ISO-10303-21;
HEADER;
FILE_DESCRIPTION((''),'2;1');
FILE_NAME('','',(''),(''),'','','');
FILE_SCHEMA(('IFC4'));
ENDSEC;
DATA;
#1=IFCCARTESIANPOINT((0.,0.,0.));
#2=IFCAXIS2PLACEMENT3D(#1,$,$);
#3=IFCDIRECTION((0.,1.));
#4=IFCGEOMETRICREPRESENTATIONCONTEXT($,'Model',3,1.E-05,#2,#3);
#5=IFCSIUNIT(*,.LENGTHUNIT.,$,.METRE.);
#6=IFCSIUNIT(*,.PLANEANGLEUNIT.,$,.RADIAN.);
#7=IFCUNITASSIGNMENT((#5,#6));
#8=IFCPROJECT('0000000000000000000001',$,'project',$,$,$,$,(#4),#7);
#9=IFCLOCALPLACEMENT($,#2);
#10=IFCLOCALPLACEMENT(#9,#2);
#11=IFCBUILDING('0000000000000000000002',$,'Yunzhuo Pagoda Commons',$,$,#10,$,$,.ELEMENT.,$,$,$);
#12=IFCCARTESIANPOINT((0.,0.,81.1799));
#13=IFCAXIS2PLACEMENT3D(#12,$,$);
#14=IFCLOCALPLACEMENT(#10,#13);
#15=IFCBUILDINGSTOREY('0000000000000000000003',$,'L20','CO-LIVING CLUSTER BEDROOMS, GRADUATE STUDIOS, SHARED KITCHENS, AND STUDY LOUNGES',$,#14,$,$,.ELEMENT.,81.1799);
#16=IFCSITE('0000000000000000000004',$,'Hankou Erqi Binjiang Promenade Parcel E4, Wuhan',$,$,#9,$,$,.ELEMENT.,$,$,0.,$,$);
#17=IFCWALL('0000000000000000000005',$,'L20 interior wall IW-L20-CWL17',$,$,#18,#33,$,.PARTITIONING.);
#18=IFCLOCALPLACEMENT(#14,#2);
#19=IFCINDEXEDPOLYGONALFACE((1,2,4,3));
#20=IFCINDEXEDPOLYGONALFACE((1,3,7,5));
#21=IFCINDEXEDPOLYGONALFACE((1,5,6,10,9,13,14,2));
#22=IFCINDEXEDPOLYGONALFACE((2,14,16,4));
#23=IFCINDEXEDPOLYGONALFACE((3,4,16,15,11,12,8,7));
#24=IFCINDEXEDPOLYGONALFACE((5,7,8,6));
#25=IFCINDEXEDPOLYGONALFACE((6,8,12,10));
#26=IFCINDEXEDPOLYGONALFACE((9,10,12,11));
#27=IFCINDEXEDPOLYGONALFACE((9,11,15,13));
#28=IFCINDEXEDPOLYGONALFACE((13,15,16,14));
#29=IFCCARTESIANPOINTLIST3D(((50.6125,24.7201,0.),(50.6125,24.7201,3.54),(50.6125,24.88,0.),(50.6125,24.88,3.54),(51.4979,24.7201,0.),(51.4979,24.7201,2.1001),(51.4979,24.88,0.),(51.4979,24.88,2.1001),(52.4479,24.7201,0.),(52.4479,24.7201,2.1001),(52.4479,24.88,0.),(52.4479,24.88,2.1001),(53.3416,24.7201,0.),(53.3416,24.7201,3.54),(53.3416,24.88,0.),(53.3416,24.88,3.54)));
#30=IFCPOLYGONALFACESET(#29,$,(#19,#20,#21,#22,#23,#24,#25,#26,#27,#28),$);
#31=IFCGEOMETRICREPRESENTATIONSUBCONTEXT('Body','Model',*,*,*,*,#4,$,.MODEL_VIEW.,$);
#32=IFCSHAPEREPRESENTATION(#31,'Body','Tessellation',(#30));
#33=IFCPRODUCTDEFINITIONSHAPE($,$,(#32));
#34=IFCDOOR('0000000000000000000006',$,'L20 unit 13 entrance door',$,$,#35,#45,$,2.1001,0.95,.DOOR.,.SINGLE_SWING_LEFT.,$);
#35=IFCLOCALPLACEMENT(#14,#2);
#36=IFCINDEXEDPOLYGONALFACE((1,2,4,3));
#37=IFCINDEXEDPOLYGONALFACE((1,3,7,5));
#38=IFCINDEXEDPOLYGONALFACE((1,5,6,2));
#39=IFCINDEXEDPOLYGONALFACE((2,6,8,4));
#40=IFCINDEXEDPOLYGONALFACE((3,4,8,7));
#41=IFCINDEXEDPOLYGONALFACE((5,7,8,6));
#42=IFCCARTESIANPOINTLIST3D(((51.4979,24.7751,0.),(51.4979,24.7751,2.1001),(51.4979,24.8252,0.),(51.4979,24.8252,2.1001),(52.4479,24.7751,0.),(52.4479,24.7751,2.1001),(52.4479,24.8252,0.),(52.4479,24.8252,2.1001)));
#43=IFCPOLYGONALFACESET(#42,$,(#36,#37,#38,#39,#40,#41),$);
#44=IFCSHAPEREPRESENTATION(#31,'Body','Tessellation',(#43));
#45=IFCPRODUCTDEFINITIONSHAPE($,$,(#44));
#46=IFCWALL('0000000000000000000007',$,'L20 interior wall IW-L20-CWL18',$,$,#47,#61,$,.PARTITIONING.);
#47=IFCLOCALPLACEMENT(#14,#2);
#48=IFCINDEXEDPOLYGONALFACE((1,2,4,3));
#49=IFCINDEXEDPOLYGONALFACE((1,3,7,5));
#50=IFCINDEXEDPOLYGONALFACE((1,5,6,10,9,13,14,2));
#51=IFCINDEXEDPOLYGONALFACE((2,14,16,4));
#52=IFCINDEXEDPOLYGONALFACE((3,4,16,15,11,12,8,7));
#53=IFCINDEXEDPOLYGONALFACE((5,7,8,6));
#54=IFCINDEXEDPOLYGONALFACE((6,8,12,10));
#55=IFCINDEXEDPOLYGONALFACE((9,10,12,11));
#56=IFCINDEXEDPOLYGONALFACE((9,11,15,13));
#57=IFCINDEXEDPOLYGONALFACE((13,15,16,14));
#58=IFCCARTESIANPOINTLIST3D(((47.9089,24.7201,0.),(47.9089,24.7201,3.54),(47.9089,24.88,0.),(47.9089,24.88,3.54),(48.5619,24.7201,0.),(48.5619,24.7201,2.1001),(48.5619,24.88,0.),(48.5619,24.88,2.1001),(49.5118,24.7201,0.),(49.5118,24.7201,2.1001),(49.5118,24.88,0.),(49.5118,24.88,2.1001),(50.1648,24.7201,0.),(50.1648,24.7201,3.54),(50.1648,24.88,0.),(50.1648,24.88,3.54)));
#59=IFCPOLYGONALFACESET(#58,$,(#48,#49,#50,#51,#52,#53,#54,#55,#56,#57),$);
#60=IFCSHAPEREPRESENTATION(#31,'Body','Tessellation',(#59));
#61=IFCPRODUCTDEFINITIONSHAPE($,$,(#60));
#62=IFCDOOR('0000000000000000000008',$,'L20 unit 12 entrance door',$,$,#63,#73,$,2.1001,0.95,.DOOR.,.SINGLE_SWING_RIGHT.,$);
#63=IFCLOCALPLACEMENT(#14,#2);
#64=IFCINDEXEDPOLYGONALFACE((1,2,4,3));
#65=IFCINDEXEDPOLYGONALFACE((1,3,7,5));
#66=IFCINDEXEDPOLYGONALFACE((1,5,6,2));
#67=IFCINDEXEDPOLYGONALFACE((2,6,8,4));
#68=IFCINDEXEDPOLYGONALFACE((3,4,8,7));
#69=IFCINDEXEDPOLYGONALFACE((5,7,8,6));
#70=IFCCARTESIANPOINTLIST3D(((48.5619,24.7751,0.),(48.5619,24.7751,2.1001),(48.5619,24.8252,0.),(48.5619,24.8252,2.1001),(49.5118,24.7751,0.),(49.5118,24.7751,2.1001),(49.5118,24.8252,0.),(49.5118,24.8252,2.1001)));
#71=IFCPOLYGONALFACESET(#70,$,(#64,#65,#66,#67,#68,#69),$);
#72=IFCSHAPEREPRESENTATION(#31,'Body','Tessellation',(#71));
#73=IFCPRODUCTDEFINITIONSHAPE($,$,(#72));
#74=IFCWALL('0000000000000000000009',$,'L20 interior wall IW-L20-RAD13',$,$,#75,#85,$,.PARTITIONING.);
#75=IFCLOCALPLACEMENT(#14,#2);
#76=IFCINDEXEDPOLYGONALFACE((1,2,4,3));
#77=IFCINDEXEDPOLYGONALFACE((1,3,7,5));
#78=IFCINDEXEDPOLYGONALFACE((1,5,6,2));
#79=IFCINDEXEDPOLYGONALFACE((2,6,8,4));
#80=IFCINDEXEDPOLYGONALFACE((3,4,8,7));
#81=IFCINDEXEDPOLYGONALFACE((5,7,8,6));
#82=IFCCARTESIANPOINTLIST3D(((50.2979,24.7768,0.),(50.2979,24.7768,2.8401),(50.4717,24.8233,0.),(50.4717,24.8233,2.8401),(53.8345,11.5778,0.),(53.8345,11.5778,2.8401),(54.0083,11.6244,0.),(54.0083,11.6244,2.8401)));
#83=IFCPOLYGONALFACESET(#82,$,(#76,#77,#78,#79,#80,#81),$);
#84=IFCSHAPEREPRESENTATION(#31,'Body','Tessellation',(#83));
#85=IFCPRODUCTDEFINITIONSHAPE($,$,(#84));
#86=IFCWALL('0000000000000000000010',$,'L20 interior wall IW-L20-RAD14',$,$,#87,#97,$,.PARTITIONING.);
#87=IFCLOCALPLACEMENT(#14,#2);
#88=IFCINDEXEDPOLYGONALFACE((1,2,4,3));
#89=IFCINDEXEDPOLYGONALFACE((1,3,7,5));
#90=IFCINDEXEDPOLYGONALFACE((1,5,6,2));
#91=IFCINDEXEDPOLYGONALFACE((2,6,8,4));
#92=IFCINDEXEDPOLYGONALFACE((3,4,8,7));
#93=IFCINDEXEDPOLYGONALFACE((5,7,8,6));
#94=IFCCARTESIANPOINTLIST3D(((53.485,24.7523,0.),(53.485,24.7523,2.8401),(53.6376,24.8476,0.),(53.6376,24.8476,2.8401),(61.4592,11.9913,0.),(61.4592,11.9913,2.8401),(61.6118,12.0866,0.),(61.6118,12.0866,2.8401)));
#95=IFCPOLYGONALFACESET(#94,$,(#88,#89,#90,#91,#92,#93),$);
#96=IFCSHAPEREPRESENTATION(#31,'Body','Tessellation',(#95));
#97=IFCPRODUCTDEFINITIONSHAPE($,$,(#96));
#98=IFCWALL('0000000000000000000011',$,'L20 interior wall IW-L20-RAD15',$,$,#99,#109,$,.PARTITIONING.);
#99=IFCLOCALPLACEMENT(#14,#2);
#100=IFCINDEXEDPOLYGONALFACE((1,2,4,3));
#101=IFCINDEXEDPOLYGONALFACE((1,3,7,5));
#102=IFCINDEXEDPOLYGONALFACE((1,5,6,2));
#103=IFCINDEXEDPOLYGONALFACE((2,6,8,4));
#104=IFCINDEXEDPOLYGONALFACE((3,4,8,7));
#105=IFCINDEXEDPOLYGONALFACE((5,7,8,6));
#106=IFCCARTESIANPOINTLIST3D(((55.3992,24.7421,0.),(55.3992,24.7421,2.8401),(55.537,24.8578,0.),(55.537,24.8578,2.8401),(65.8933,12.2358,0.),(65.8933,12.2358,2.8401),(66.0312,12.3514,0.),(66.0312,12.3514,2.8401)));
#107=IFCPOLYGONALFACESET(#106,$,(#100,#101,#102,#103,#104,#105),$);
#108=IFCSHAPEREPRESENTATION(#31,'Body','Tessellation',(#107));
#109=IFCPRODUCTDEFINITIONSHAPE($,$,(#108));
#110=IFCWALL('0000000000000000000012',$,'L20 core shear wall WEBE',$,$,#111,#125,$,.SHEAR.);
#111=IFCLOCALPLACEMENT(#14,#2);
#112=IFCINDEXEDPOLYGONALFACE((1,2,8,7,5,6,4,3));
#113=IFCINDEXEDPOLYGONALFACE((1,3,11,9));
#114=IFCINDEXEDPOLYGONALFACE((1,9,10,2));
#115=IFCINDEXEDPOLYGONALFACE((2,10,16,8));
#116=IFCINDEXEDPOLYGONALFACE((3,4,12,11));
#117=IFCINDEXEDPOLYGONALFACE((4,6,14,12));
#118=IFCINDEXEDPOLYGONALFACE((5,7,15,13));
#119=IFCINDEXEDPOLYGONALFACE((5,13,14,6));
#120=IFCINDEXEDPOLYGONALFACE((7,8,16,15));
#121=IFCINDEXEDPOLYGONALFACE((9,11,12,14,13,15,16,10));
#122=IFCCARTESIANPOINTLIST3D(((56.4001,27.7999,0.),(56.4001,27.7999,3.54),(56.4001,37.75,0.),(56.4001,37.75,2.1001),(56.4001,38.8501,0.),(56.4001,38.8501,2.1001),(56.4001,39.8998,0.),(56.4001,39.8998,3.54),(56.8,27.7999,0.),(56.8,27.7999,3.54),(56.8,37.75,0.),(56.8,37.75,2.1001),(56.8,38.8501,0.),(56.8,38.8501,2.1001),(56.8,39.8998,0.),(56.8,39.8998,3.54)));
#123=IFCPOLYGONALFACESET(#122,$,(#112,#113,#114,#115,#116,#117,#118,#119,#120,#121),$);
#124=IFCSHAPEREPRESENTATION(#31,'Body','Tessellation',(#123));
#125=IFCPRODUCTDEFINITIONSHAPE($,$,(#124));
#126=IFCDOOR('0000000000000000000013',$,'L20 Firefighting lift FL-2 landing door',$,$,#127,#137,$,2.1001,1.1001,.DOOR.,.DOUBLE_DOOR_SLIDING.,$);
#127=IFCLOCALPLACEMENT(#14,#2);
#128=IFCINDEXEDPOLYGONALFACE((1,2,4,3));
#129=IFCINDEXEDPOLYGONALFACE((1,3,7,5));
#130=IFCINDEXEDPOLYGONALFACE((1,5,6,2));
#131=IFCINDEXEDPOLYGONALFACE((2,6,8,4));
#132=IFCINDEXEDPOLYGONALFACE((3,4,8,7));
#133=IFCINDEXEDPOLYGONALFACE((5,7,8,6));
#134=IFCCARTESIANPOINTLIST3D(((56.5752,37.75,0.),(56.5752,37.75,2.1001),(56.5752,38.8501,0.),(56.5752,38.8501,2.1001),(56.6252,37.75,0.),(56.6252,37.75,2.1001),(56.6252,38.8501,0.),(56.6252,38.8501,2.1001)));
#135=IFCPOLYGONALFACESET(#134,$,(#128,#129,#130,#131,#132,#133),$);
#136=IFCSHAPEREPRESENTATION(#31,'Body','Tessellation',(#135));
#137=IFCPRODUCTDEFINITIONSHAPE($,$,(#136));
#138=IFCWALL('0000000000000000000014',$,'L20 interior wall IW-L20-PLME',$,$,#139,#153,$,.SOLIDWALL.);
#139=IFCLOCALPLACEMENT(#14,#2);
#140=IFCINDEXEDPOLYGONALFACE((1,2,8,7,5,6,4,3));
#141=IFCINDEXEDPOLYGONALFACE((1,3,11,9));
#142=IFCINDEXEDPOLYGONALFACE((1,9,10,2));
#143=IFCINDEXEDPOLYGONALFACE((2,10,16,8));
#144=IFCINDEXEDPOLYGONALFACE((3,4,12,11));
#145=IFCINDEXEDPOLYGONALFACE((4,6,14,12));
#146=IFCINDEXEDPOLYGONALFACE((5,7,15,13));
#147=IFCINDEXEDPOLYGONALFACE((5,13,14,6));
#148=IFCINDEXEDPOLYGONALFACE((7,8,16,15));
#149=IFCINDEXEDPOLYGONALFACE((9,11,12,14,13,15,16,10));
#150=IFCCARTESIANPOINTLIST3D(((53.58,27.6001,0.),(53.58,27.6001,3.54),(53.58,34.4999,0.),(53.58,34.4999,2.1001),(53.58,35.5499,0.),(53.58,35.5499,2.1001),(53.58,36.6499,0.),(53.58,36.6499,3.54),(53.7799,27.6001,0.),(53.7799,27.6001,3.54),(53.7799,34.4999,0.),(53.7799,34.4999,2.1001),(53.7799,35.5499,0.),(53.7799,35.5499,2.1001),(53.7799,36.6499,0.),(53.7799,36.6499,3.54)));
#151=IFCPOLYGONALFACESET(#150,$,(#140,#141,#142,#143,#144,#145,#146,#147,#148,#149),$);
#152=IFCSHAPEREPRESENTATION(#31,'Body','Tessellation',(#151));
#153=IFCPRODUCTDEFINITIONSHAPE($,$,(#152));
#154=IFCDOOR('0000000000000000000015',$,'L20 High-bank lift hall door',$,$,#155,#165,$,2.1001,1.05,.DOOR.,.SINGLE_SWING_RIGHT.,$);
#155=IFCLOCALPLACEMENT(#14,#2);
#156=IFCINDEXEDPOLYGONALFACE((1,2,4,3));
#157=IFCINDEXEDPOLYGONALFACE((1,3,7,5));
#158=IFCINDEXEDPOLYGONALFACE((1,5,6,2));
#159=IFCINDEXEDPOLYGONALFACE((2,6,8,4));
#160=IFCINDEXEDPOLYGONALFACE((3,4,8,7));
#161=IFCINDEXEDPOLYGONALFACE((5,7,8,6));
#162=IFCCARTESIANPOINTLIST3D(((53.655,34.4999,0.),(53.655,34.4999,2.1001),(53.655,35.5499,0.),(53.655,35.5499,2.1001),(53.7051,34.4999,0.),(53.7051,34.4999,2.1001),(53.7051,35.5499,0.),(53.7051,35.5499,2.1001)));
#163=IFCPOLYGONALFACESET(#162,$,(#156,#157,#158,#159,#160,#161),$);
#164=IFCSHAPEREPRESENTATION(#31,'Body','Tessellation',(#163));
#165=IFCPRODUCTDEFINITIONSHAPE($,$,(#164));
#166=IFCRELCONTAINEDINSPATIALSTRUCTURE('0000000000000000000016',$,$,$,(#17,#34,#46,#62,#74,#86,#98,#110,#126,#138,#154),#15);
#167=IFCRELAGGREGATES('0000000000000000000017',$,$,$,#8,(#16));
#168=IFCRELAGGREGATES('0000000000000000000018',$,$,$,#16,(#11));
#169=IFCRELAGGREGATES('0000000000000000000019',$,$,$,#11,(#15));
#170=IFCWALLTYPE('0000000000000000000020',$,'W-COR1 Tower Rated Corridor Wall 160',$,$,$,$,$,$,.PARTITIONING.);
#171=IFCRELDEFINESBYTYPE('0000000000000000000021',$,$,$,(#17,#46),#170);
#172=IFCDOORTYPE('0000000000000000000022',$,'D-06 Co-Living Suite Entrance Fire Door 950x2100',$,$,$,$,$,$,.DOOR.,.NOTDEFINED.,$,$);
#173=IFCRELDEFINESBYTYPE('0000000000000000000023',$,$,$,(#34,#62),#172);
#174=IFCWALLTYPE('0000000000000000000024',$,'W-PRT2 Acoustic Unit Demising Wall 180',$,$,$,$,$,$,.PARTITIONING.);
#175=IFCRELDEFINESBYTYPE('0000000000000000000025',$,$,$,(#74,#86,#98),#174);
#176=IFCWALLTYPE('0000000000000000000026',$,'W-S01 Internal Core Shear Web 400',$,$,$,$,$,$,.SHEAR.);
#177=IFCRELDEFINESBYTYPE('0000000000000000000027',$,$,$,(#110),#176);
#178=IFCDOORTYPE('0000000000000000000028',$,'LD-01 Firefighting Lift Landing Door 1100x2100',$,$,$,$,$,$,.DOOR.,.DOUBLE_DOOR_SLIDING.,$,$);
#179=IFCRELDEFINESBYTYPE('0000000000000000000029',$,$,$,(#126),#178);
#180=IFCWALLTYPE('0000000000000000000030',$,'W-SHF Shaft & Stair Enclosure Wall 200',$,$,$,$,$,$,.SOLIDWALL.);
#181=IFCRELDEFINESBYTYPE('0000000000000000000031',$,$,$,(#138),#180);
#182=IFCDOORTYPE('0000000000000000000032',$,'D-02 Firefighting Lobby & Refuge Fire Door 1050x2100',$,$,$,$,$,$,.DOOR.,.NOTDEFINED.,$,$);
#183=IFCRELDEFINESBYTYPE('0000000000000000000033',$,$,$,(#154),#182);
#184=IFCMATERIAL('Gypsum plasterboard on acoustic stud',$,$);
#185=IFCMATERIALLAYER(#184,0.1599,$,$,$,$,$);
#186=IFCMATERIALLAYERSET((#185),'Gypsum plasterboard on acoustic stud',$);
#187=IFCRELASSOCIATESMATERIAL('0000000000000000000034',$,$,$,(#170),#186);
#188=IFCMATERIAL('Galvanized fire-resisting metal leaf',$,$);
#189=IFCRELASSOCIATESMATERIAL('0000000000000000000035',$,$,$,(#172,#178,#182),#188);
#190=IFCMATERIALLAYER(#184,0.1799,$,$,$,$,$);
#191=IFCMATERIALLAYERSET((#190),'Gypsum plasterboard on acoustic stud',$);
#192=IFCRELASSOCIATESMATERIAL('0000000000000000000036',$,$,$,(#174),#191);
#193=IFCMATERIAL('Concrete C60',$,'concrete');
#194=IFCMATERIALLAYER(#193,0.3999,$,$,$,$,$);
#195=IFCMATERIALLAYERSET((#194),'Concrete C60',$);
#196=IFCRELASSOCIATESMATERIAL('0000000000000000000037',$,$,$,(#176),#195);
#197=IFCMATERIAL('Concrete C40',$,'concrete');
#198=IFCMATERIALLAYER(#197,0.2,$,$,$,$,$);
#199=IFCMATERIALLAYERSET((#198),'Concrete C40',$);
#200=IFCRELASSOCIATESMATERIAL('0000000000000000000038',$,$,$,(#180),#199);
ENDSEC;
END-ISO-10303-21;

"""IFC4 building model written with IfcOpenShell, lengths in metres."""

from ifc_helpers import new_model, si_unit, direction, frame, frame_2d, origin, origin_with_axes, place, context, subcontext, project, spatial, rectangle, extrude, source, transform, mapped, material, layer, layer_set, type_object, element, fill, save


model = new_model("IFC4")

# Units and contexts
model_context = context("Model", 3, precision=1e-05, world=origin(), true_north=direction((0.0, 1.0)))
body_context = subcontext(model_context, "Body", "Model", "MODEL_VIEW")
ifc_project = project(units=[si_unit("LENGTHUNIT", "METRE"), si_unit("PLANEANGLEUNIT", "RADIAN")], contexts=[model_context])

# Site, building, storey
site_placement = place(None, origin())
site = spatial("IfcSite", under=ifc_project, at=site_placement, Name="Hankou Erqi Binjiang Promenade Parcel E4, Wuhan", CompositionType="ELEMENT", RefElevation=0.0)
building_placement = place(site_placement, origin())
building = spatial("IfcBuilding", under=site, at=building_placement, Name="Yunzhuo Pagoda Commons", CompositionType="ELEMENT")
storey_placement = place(building_placement, frame((0.0, 0.0, 81.1799)))
storey = spatial("IfcBuildingStorey", under=building, at=storey_placement, Name="L20", Description="CO-LIVING CLUSTER BEDROOMS, GRADUATE STUDIOS, SHARED KITCHENS, AND STUDY LOUNGES", CompositionType="ELEMENT", Elevation=81.1799)

# Shared definitions
ifc_material_1 = material(Name="Gypsum plasterboard on acoustic stud")
ifc_layer_1 = layer(ifc_material_1, 0.1599)
ifc_layer_set_1 = layer_set([ifc_layer_1], Name="Gypsum plasterboard on acoustic stud")
wall_type_1 = type_object("IfcWallType", Name="W-COR1 Tower Rated Corridor Wall 160", PredefinedType="PARTITIONING", material=ifc_layer_set_1)
ifc_material_2 = material(Name="Galvanized fire-resisting metal leaf")

# Walls, openings, doors
wall_1_placement = place(storey_placement, frame((53.3416, 24.8, 0.0), z_axis=(0.0, 0.0, 1.0), x_axis=(-1.0, 0.0, 0.0)))
wall_1 = element("IfcWall", 1, at=wall_1_placement, inside=storey, type_object=wall_type_1, Name="L20 interior wall IW-L20-CWL17", PredefinedType="PARTITIONING", context=body_context, shape_type="SweptSolid", body=[
    extrude(rectangle(XDim=2.729, YDim=0.1599, at=frame_2d((1.3645, 0.0))), origin(), (0.0, 0.0, 1.0), 3.54),
])
opening_1_placement = place(wall_1_placement, frame((0.8936, 0.0, 0.0)))
opening_1 = element("IfcOpeningElement", 2, at=opening_1_placement, cuts=wall_1, PredefinedType="OPENING", context=body_context, shape_type="SweptSolid", body=[
    extrude(rectangle(XDim=0.95, YDim=2.1001, at=frame_2d((0.4751, 1.05))), frame((0.0, 0.0898, 0.0), z_axis=(0.0, -1.0, 0.0), x_axis=(1.0, 0.0, 0.0)), (0.0, 0.0, 1.0), 0.1799),
])
door_type_1 = type_object("IfcDoorType", Name="D-06 Co-Living Suite Entrance Fire Door 950x2100", OperationType="NOTDEFINED", PredefinedType="DOOR", material=ifc_material_2)
shared_shape_1 = source(origin(), body_context, "Body", "SweptSolid", [
    extrude(rectangle(XDim=0.95, YDim=2.1001, at=frame_2d((0.4751, 1.05))), frame((0.0, 0.0249, 0.0), z_axis=(0.0, -1.0, 0.0), x_axis=(1.0, 0.0, 0.0)), (0.0, 0.0, 1.0), 0.05),
])
door_1_placement = place(opening_1_placement, origin_with_axes())
door_1 = element("IfcDoor", 3, at=door_1_placement, inside=storey, type_object=door_type_1, Name="L20 unit 13 entrance door", OperationType="SINGLE_SWING_LEFT", OverallHeight=2.1001, OverallWidth=0.95, PredefinedType="DOOR", context=body_context, shape_type="MappedRepresentation", body=[
    mapped(shared_shape_1, transform((0.0, 0.0, 0.0), scale=1.0)),
])
fill(opening_1, door_1)
wall_2_placement = place(storey_placement, frame((50.1648, 24.8, 0.0), z_axis=(0.0, 0.0, 1.0), x_axis=(-1.0, 0.0, 0.0)))
wall_2 = element("IfcWall", 4, at=wall_2_placement, inside=storey, type_object=wall_type_1, Name="L20 interior wall IW-L20-CWL18", PredefinedType="PARTITIONING", context=body_context, shape_type="SweptSolid", body=[
    extrude(rectangle(XDim=2.2559, YDim=0.1599, at=frame_2d((1.1279, 0.0))), origin(), (0.0, 0.0, 1.0), 3.54),
])
opening_2_placement = place(wall_2_placement, frame((0.6528, 0.0, 0.0)))
opening_2 = element("IfcOpeningElement", 5, at=opening_2_placement, cuts=wall_2, PredefinedType="OPENING", context=body_context, shape_type="SweptSolid", body=[
    extrude(rectangle(XDim=0.95, YDim=2.1001, at=frame_2d((0.4751, 1.05))), frame((0.0, 0.0898, 0.0), z_axis=(0.0, -1.0, 0.0), x_axis=(1.0, 0.0, 0.0)), (0.0, 0.0, 1.0), 0.1799),
])
door_2_placement = place(opening_2_placement, origin_with_axes())
door_2 = element("IfcDoor", 6, at=door_2_placement, inside=storey, type_object=door_type_1, Name="L20 unit 12 entrance door", OperationType="SINGLE_SWING_RIGHT", OverallHeight=2.1001, OverallWidth=0.95, PredefinedType="DOOR", context=body_context, shape_type="MappedRepresentation", body=[
    mapped(shared_shape_1, transform((0.0, 0.0, 0.0), scale=1.0)),
])
fill(opening_2, door_2)

# Walls
ifc_layer_2 = layer(ifc_material_1, 0.1799)
ifc_layer_set_2 = layer_set([ifc_layer_2], Name="Gypsum plasterboard on acoustic stud")
wall_type_2 = type_object("IfcWallType", Name="W-PRT2 Acoustic Unit Demising Wall 180", PredefinedType="PARTITIONING", material=ifc_layer_set_2)
wall_3_placement = place(storey_placement, frame((50.3848, 24.8, 0.0), z_axis=(0.0, 0.0, 1.0), x_axis=(0.258817, -0.965926, 0.0)))
element("IfcWall", 7, at=wall_3_placement, inside=storey, type_object=wall_type_2, Name="L20 interior wall IW-L20-RAD13", PredefinedType="PARTITIONING", context=body_context, shape_type="SweptSolid", body=[
    extrude(rectangle(XDim=13.6646, YDim=0.1799, at=frame_2d((6.8323, 0.0))), origin(), (0.0, 0.0, 1.0), 2.8401),
])
wall_4_placement = place(storey_placement, frame((53.5613, 24.8, 0.0), z_axis=(0.0, 0.0, 1.0), x_axis=(0.529927, -0.848043, 0.0)))
element("IfcWall", 8, at=wall_4_placement, inside=storey, type_object=wall_type_2, Name="L20 interior wall IW-L20-RAD14", PredefinedType="PARTITIONING", context=body_context, shape_type="SweptSolid", body=[
    extrude(rectangle(XDim=15.0476, YDim=0.1799, at=frame_2d((7.5239, 0.0))), origin(), (0.0, 0.0, 1.0), 2.8401),
])
wall_5_placement = place(storey_placement, frame((55.468, 24.8, 0.0), z_axis=(0.0, 0.0, 1.0), x_axis=(0.64279, -0.766042, 0.0)))
element("IfcWall", 9, at=wall_5_placement, inside=storey, type_object=wall_type_2, Name="L20 interior wall IW-L20-RAD15", PredefinedType="PARTITIONING", context=body_context, shape_type="SweptSolid", body=[
    extrude(rectangle(XDim=16.3259, YDim=0.1799, at=frame_2d((8.1631, 0.0))), origin(), (0.0, 0.0, 1.0), 2.8401),
])

# Walls, openings, doors
ifc_material_3 = material(Name="Concrete C60", Category="concrete")
ifc_layer_3 = layer(ifc_material_3, 0.3999)
ifc_layer_set_3 = layer_set([ifc_layer_3], Name="Concrete C60")
wall_type_3 = type_object("IfcWallType", Name="W-S01 Internal Core Shear Web 400", PredefinedType="SHEAR", material=ifc_layer_set_3)
wall_6_placement = place(storey_placement, frame((56.6001, 27.8, 0.0), z_axis=(0.0, 0.0, 1.0), x_axis=(0.0, 1.0, 0.0)))
wall_6 = element("IfcWall", 10, at=wall_6_placement, inside=storey, type_object=wall_type_3, Name="L20 core shear wall WEBE", PredefinedType="SHEAR", context=body_context, shape_type="SweptSolid", body=[
    extrude(rectangle(XDim=12.0999, YDim=0.3999, at=frame_2d((6.0498, 0.0))), origin(), (0.0, 0.0, 1.0), 3.54),
])
opening_3_placement = place(wall_6_placement, frame((9.95, 0.0, 0.0)))
opening_3 = element("IfcOpeningElement", 11, at=opening_3_placement, cuts=wall_6, PredefinedType="OPENING", context=body_context, shape_type="SweptSolid", body=[
    extrude(rectangle(XDim=1.1001, YDim=2.1001, at=frame_2d((0.55, 1.05))), frame((0.0, 0.21, 0.0), z_axis=(0.0, -1.0, 0.0), x_axis=(1.0, 0.0, 0.0)), (0.0, 0.0, 1.0), 0.4199),
])
door_type_2 = type_object("IfcDoorType", Name="LD-01 Firefighting Lift Landing Door 1100x2100", OperationType="DOUBLE_DOOR_SLIDING", PredefinedType="DOOR", material=ifc_material_2)
shared_shape_2 = source(origin(), body_context, "Body", "SweptSolid", [
    extrude(rectangle(XDim=1.1001, YDim=2.1001, at=frame_2d((0.55, 1.05))), frame((0.0, 0.0249, 0.0), z_axis=(0.0, -1.0, 0.0), x_axis=(1.0, 0.0, 0.0)), (0.0, 0.0, 1.0), 0.05),
])
door_3_placement = place(opening_3_placement, origin_with_axes())
door_3 = element("IfcDoor", 12, at=door_3_placement, inside=storey, type_object=door_type_2, Name="L20 Firefighting lift FL-2 landing door", OperationType="DOUBLE_DOOR_SLIDING", OverallHeight=2.1001, OverallWidth=1.1001, PredefinedType="DOOR", context=body_context, shape_type="MappedRepresentation", body=[
    mapped(shared_shape_2, transform((0.0, 0.0, 0.0), scale=1.0)),
])
fill(opening_3, door_3)
ifc_material_4 = material(Name="Concrete C40", Category="concrete")
ifc_layer_4 = layer(ifc_material_4, 0.2)
ifc_layer_set_4 = layer_set([ifc_layer_4], Name="Concrete C40")
wall_type_4 = type_object("IfcWallType", Name="W-SHF Shaft & Stair Enclosure Wall 200", PredefinedType="SOLIDWALL", material=ifc_layer_set_4)
wall_7_placement = place(storey_placement, frame((53.6799, 27.6001, 0.0), z_axis=(0.0, 0.0, 1.0), x_axis=(0.0, 1.0, 0.0)))
wall_7 = element("IfcWall", 13, at=wall_7_placement, inside=storey, type_object=wall_type_4, Name="L20 interior wall IW-L20-PLME", PredefinedType="SOLIDWALL", context=body_context, shape_type="SweptSolid", body=[
    extrude(rectangle(XDim=9.0498, YDim=0.2, at=frame_2d((4.5249, 0.0))), origin(), (0.0, 0.0, 1.0), 3.54),
])
opening_4_placement = place(wall_7_placement, frame((6.8999, 0.0, 0.0)))
opening_4 = element("IfcOpeningElement", 14, at=opening_4_placement, cuts=wall_7, PredefinedType="OPENING", context=body_context, shape_type="SweptSolid", body=[
    extrude(rectangle(XDim=1.05, YDim=2.1001, at=frame_2d((0.5249, 1.05))), frame((0.0, 0.1099, 0.0), z_axis=(0.0, -1.0, 0.0), x_axis=(1.0, 0.0, 0.0)), (0.0, 0.0, 1.0), 0.22),
])
door_type_3 = type_object("IfcDoorType", Name="D-02 Firefighting Lobby & Refuge Fire Door 1050x2100", OperationType="NOTDEFINED", PredefinedType="DOOR", material=ifc_material_2)
shared_shape_3 = source(origin(), body_context, "Body", "SweptSolid", [
    extrude(rectangle(XDim=1.05, YDim=2.1001, at=frame_2d((0.5249, 1.05))), frame((0.0, 0.0249, 0.0), z_axis=(0.0, -1.0, 0.0), x_axis=(1.0, 0.0, 0.0)), (0.0, 0.0, 1.0), 0.05),
])
door_4_placement = place(opening_4_placement, origin_with_axes())
door_4 = element("IfcDoor", 15, at=door_4_placement, inside=storey, type_object=door_type_3, Name="L20 High-bank lift hall door", OperationType="SINGLE_SWING_RIGHT", OverallHeight=2.1001, OverallWidth=1.05, PredefinedType="DOOR", context=body_context, shape_type="MappedRepresentation", body=[
    mapped(shared_shape_3, transform((0.0, 0.0, 0.0), scale=1.0)),
])
fill(opening_4, door_4)

save(model, "model.ifc")
